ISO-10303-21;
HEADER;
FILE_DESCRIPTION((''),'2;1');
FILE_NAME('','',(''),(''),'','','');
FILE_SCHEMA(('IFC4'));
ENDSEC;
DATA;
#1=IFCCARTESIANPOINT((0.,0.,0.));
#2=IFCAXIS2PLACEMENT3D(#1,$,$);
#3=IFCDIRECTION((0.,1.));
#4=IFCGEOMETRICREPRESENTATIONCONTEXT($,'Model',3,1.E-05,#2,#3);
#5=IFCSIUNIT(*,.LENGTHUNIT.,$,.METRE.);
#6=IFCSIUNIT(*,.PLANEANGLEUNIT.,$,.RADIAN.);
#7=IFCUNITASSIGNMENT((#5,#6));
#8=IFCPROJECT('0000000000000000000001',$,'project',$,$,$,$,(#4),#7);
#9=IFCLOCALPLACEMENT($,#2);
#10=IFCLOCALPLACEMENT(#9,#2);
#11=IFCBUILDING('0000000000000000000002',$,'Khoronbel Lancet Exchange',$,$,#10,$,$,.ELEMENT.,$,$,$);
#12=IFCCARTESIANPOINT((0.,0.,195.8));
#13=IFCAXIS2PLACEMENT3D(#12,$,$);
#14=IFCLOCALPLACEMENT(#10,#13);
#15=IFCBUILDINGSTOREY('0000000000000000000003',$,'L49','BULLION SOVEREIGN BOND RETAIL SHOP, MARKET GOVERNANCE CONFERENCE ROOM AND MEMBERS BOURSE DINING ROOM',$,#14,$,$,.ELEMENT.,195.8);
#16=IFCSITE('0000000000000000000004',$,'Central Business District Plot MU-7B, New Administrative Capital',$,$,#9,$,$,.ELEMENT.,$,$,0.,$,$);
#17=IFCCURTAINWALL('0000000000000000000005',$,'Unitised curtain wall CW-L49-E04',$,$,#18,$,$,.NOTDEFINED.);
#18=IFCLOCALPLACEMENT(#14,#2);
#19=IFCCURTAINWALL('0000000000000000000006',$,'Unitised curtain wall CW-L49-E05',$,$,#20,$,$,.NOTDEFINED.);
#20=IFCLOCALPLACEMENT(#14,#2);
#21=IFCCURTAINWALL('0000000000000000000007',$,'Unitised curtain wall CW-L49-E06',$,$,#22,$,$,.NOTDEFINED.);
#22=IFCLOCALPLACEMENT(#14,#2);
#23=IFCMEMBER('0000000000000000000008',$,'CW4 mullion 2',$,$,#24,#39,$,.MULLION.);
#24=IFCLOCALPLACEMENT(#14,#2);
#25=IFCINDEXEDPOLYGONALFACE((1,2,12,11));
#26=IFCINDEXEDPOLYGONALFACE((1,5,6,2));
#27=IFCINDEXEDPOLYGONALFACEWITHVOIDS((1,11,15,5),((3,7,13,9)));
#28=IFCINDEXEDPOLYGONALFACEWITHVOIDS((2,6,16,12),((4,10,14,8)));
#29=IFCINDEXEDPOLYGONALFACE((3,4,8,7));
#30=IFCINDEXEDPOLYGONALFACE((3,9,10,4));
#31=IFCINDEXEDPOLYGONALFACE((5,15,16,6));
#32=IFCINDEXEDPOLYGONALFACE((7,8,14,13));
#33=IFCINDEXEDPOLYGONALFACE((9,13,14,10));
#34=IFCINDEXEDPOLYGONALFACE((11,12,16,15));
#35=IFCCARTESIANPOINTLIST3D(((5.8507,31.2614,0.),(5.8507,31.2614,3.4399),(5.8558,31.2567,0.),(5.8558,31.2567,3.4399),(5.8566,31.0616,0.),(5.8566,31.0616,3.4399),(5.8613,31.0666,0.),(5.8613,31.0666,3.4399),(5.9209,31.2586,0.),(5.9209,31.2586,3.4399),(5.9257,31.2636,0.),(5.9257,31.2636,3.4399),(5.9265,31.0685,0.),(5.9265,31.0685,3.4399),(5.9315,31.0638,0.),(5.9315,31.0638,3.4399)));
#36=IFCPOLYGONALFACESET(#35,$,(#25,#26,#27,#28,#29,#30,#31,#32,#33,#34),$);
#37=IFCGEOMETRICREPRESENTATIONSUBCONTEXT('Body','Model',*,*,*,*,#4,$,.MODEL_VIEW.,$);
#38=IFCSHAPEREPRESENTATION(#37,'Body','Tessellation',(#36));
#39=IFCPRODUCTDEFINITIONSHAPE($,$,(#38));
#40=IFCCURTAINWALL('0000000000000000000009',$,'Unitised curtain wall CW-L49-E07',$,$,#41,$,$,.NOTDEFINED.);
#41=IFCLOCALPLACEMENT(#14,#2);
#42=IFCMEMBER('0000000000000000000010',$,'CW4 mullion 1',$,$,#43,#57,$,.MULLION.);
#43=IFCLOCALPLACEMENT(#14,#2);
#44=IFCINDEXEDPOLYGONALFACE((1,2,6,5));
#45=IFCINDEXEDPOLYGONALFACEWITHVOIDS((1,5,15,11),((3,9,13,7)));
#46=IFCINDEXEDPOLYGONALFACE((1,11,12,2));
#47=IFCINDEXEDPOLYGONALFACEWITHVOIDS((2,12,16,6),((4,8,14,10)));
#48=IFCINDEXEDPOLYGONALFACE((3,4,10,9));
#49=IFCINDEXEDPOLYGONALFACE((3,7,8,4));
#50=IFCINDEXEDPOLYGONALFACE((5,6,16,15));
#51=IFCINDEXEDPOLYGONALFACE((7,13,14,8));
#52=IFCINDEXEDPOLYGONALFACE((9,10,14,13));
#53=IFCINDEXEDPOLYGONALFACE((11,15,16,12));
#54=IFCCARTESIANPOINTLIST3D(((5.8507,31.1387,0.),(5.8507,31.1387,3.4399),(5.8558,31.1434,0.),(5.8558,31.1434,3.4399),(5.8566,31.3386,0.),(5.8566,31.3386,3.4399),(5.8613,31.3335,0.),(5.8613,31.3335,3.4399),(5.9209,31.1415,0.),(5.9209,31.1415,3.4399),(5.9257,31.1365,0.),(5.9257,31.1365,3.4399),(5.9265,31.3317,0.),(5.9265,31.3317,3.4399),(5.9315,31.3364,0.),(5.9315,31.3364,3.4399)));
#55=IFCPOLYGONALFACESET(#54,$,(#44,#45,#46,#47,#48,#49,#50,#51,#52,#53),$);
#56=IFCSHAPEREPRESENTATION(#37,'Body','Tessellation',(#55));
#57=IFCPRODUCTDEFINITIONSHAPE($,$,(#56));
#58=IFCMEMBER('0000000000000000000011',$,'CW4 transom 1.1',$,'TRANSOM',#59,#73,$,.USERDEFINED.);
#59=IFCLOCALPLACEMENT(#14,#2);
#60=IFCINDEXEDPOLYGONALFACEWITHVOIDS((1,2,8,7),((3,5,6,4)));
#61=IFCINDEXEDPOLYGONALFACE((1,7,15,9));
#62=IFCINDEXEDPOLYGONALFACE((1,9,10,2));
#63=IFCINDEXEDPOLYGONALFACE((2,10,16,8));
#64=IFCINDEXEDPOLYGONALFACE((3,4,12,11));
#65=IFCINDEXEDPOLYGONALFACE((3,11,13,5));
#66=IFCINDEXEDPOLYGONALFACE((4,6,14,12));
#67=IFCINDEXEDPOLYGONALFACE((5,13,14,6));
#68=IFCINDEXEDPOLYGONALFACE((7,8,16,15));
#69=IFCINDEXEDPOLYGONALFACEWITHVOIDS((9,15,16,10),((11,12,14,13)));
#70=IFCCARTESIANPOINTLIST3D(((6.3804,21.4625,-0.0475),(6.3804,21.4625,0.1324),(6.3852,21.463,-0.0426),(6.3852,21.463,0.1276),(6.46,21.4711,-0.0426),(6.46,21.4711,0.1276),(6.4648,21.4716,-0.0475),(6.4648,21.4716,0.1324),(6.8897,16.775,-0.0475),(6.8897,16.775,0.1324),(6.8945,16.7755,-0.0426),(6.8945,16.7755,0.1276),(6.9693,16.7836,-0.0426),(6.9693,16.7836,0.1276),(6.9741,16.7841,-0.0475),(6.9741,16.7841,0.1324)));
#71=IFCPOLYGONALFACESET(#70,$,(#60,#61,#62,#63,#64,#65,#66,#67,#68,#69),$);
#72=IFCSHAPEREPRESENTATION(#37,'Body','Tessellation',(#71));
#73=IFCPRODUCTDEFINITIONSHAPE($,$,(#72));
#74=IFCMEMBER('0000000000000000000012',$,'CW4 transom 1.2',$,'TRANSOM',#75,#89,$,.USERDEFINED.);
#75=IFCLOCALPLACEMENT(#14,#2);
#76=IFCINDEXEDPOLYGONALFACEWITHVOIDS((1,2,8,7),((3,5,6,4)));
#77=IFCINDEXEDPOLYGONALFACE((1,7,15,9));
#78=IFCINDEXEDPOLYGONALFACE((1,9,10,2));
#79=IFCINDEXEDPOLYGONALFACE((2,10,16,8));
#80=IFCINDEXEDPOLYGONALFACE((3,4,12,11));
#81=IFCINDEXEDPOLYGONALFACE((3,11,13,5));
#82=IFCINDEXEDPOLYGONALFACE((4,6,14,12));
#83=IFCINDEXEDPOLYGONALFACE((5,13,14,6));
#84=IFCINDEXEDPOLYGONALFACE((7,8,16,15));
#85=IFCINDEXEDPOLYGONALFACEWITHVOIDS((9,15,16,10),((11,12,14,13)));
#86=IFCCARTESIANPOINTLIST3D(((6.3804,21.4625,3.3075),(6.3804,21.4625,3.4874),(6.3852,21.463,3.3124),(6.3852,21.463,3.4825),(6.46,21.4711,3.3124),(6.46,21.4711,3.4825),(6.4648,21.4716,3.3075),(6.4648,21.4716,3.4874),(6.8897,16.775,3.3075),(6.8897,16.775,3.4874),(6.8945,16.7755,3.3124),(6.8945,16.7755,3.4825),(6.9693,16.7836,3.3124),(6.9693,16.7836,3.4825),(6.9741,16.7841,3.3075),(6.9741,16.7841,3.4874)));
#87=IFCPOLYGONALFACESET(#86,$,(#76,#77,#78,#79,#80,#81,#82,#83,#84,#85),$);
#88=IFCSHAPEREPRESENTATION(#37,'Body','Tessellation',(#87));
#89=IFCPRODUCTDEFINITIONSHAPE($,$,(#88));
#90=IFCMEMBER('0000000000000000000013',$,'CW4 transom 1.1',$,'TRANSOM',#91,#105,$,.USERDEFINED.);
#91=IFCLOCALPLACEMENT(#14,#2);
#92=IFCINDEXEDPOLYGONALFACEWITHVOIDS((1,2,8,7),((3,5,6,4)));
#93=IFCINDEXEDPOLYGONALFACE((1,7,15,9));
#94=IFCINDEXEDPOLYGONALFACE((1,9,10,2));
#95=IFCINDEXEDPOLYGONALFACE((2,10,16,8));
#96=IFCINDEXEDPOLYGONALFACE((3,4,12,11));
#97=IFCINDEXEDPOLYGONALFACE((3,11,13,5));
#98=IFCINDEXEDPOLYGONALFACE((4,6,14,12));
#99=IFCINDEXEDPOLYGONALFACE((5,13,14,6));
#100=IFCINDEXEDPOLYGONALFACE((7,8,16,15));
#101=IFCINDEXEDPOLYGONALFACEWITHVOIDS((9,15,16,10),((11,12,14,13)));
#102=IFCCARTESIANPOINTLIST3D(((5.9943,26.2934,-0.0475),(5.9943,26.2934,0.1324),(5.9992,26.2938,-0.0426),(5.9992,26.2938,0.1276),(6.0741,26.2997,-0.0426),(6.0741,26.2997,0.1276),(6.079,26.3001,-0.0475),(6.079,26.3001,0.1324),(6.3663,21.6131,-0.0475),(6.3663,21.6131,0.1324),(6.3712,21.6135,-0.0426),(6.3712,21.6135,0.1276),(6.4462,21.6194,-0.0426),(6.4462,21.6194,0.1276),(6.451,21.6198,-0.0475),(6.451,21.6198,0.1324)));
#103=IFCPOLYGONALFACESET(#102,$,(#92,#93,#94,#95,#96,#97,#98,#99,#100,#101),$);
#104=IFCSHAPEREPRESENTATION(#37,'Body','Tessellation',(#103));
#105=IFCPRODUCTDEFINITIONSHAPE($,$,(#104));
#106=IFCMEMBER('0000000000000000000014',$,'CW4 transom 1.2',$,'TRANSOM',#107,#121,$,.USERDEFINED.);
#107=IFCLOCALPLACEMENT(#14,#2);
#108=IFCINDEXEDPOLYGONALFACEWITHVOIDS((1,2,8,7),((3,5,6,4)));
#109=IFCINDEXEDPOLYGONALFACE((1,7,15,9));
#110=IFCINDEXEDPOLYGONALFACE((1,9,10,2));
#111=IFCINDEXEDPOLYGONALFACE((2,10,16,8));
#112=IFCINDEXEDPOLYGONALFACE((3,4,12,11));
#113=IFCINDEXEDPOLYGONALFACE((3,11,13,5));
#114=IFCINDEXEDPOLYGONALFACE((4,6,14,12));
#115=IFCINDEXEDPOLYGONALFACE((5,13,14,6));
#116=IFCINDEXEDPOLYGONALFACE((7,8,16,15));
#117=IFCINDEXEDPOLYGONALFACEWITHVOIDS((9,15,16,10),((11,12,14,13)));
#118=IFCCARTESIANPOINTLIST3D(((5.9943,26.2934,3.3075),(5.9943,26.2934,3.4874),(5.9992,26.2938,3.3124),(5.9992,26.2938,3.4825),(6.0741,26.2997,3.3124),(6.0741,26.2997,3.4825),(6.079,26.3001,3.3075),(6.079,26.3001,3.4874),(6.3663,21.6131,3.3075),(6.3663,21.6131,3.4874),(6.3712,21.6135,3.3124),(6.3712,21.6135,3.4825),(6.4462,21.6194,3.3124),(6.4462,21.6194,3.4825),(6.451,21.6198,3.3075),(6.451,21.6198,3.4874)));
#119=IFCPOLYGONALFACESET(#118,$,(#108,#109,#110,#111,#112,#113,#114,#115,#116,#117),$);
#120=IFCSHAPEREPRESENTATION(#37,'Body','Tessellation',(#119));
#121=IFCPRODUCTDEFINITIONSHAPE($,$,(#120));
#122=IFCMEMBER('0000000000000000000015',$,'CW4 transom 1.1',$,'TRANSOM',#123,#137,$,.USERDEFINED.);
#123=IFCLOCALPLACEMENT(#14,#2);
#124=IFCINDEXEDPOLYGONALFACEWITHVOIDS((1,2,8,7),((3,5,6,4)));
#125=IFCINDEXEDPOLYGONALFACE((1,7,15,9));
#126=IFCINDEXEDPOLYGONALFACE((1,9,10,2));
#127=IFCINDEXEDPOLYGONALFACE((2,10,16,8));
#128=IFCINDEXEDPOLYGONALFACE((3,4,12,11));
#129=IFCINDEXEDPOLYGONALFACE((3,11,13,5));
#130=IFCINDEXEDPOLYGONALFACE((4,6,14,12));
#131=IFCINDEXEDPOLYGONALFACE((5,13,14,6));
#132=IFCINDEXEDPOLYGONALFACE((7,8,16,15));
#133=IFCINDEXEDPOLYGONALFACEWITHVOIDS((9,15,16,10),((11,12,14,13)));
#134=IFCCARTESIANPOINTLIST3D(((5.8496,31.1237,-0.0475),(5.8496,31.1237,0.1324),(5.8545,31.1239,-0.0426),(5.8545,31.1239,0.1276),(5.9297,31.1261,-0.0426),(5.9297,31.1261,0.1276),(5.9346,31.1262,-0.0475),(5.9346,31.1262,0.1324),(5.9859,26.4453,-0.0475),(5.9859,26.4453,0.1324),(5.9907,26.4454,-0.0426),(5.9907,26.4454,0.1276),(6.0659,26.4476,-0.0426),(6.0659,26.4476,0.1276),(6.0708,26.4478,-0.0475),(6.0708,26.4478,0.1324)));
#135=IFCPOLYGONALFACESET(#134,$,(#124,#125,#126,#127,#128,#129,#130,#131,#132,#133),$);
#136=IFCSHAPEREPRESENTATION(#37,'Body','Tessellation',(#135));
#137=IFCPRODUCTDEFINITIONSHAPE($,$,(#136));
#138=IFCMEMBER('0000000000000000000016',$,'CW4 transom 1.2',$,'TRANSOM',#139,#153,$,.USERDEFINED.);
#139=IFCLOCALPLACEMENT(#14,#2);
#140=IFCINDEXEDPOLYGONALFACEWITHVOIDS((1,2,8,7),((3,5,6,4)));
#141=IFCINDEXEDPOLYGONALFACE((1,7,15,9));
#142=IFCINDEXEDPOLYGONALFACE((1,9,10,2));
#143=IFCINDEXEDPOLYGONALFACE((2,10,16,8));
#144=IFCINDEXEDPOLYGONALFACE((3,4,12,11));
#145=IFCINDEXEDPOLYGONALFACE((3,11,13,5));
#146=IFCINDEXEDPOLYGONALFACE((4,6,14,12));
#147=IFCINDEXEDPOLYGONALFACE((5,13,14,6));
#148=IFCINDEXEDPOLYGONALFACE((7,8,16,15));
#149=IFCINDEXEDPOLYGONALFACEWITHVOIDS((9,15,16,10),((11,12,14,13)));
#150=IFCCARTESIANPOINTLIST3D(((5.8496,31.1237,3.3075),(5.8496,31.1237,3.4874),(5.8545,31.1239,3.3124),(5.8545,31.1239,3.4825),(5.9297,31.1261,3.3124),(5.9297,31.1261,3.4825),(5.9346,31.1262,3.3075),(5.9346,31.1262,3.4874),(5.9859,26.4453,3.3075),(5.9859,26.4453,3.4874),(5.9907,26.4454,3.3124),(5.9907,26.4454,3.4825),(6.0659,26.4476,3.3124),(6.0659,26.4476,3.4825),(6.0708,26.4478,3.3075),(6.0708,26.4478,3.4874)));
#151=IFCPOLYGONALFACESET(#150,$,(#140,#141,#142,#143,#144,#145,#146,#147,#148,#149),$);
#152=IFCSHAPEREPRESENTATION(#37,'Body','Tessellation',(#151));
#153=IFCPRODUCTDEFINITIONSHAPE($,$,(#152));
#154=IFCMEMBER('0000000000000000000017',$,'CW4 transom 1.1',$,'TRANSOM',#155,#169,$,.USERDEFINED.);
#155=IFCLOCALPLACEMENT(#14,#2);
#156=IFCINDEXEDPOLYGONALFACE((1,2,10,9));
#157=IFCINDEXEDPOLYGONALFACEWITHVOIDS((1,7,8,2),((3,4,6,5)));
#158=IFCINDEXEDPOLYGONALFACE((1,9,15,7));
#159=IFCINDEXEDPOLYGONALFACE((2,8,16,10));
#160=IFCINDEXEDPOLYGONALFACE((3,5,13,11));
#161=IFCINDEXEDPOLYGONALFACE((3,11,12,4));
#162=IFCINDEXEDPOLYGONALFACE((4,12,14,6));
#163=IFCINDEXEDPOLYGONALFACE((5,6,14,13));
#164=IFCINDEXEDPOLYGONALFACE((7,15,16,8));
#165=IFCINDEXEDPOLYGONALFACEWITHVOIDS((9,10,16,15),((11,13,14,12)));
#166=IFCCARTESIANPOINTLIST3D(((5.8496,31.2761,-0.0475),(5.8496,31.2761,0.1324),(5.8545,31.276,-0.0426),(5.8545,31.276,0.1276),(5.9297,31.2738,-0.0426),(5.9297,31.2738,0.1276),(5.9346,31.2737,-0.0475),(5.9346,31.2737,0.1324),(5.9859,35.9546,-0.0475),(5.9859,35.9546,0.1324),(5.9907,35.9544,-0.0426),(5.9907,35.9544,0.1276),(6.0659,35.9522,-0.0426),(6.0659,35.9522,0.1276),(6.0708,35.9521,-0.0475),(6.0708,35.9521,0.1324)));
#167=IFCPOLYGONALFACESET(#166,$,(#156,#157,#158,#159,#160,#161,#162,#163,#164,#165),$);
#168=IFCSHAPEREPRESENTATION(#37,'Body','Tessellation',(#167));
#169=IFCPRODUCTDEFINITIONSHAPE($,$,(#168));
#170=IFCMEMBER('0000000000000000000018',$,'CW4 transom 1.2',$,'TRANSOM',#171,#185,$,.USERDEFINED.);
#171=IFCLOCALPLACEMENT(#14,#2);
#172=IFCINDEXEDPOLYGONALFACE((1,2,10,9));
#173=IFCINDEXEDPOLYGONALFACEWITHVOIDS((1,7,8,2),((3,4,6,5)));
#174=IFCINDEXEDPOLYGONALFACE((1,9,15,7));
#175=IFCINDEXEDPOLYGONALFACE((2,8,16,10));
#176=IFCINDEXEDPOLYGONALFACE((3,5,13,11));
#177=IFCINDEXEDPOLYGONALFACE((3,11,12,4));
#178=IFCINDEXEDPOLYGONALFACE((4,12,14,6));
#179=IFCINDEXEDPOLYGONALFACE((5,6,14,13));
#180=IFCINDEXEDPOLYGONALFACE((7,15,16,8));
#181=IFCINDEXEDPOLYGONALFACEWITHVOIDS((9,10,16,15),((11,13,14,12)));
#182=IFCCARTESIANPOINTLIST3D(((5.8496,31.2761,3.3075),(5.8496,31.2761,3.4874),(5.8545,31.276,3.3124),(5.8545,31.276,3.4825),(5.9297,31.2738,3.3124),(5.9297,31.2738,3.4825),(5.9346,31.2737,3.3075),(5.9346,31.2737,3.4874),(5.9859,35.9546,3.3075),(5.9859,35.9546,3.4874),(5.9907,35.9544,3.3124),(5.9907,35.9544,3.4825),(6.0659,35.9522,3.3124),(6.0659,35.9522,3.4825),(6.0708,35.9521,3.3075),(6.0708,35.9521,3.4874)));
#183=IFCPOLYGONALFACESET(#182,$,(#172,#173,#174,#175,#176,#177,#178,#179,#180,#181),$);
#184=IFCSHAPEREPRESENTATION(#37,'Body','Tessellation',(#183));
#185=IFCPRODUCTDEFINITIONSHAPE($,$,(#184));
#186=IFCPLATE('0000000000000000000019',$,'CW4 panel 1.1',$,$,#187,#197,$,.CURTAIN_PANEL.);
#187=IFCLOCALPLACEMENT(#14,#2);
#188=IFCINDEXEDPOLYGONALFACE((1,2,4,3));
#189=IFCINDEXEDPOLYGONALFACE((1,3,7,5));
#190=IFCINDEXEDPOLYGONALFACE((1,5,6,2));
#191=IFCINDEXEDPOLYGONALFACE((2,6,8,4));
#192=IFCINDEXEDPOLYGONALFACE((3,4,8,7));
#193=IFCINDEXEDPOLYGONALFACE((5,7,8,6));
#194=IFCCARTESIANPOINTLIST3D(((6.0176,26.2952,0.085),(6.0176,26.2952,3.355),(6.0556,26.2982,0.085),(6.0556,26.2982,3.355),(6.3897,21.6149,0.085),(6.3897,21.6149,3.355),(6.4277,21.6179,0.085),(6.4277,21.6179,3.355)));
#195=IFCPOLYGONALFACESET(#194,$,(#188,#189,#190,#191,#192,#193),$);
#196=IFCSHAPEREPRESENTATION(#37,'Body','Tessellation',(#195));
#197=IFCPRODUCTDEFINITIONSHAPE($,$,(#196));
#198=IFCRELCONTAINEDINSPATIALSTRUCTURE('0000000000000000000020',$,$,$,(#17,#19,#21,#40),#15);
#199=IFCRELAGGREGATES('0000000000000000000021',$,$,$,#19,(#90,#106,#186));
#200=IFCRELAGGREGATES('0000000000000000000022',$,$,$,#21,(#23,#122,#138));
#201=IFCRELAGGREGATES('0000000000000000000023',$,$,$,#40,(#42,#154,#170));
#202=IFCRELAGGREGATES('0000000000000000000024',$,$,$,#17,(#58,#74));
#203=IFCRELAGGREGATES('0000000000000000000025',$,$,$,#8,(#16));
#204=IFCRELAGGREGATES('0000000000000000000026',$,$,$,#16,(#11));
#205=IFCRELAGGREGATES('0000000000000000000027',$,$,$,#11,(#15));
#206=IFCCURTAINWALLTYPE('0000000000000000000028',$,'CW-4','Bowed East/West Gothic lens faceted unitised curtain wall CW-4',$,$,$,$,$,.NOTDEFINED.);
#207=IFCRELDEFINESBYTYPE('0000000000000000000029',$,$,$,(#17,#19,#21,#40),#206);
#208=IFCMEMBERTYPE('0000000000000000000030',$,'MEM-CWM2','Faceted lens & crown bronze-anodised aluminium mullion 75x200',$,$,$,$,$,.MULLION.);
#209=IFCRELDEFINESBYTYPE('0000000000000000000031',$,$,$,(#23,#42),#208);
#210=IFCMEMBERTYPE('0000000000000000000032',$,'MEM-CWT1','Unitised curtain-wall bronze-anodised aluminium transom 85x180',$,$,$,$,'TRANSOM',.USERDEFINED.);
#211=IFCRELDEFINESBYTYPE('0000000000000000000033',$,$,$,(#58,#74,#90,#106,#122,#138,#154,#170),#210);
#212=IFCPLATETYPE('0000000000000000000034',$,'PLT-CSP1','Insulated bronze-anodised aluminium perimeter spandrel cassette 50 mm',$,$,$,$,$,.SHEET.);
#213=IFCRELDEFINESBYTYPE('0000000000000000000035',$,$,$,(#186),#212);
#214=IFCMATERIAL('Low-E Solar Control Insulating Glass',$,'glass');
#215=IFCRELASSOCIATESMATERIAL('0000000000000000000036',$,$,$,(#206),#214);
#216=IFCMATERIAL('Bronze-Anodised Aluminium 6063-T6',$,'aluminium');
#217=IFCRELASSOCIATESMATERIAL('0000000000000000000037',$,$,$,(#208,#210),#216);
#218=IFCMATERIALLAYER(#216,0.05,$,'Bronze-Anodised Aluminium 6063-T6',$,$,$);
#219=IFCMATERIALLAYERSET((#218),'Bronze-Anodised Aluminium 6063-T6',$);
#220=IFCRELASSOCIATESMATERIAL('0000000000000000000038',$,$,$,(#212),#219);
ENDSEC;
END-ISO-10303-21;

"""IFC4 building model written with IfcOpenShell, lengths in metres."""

from ifc_helpers import new_model, si_unit, direction, frame, origin, origin_2d, place, context, subcontext, project, spatial, rectangle, hollow_rectangle, extrude, material, layer, layer_set, material_profile, profile_set, type_object, element, aggregate, save


model = new_model("IFC4")

# Units and contexts
model_context = context("Model", 3, precision=1e-05, world=origin(), true_north=direction((0.0, 1.0)))
body_context = subcontext(model_context, "Body", "Model", "MODEL_VIEW")
ifc_project = project(units=[si_unit("LENGTHUNIT", "METRE"), si_unit("PLANEANGLEUNIT", "RADIAN")], contexts=[model_context])

# Site, building, storey
site_placement = place(None, origin())
site = spatial("IfcSite", under=ifc_project, at=site_placement, Name="Central Business District Plot MU-7B, New Administrative Capital", CompositionType="ELEMENT", RefElevation=0.0)
building_placement = place(site_placement, origin())
building = spatial("IfcBuilding", under=site, at=building_placement, Name="Khoronbel Lancet Exchange", CompositionType="ELEMENT")
storey_placement = place(building_placement, frame((0.0, 0.0, 195.8)))
storey = spatial("IfcBuildingStorey", under=building, at=storey_placement, Name="L49", Description="BULLION SOVEREIGN BOND RETAIL SHOP, MARKET GOVERNANCE CONFERENCE ROOM AND MEMBERS BOURSE DINING ROOM", CompositionType="ELEMENT", Elevation=195.8)

# Curtain walls, member
ifc_material_1 = material(Name="Low-E Solar Control Insulating Glass", Category="glass")
curtain_wall_type = type_object("IfcCurtainWallType", Name="CW-4", Description="Bowed East/West Gothic lens faceted unitised curtain wall CW-4", PredefinedType="NOTDEFINED", material=ifc_material_1)
curtain_wall_1_placement = place(storey_placement, origin())
curtain_wall_1 = element("IfcCurtainWall", 1, at=curtain_wall_1_placement, inside=storey, type_object=curtain_wall_type, Name="Unitised curtain wall CW-L49-E04", PredefinedType="NOTDEFINED")
ifc_material_2 = material(Name="Bronze-Anodised Aluminium 6063-T6", Category="aluminium")
ifc_material_profile_1 = material_profile(ifc_material_2, hollow_rectangle(XDim=0.075, YDim=0.2, WallThickness=0.0049, at=origin_2d()), Name="ALU MULLION 75x200")
ifc_profile_set_1 = profile_set([ifc_material_profile_1], Name="Bronze-Anodised Aluminium 6063-T6")
member_type_1 = type_object("IfcMemberType", Name="MEM-CWM2", Description="Faceted lens & crown bronze-anodised aluminium mullion 75x200", PredefinedType="MULLION", material=ifc_profile_set_1)
curtain_wall_2_placement = place(storey_placement, origin())
curtain_wall_2 = element("IfcCurtainWall", 2, at=curtain_wall_2_placement, inside=storey, type_object=curtain_wall_type, Name="Unitised curtain wall CW-L49-E05", PredefinedType="NOTDEFINED")
curtain_wall_3_placement = place(storey_placement, origin())
curtain_wall_3 = element("IfcCurtainWall", 3, at=curtain_wall_3_placement, inside=storey, type_object=curtain_wall_type, Name="Unitised curtain wall CW-L49-E06", PredefinedType="NOTDEFINED")
member_1_placement = place(storey_placement, frame((5.8911, 31.1626, 0.0), z_axis=(0.0, 0.0, 1.0), x_axis=(-0.999576, -0.029107, 0.0)))
member_1 = element("IfcMember", 4, at=member_1_placement, type_object=member_type_1, Name="CW4 mullion 2", PredefinedType="MULLION", context=body_context, shape_type="SweptSolid", body=[
    extrude(hollow_rectangle(XDim=0.075, YDim=0.2, WallThickness=0.0049, at=origin_2d()), origin(), (0.0, 0.0, 1.0), 3.4399),
])

# Curtain wall, member
curtain_wall_4_placement = place(storey_placement, origin())
curtain_wall_4 = element("IfcCurtainWall", 5, at=curtain_wall_4_placement, inside=storey, type_object=curtain_wall_type, Name="Unitised curtain wall CW-L49-E07", PredefinedType="NOTDEFINED")
member_2_placement = place(storey_placement, frame((5.8911, 31.2375, 0.0), z_axis=(0.0, 0.0, 1.0), x_axis=(-0.999576, 0.029107, 0.0)))
member_2 = element("IfcMember", 6, at=member_2_placement, type_object=member_type_1, Name="CW4 mullion 1", PredefinedType="MULLION", context=body_context, shape_type="SweptSolid", body=[
    extrude(hollow_rectangle(XDim=0.075, YDim=0.2, WallThickness=0.0049, at=origin_2d()), origin(), (0.0, 0.0, 1.0), 3.4399),
])

# Members
ifc_material_profile_2 = material_profile(ifc_material_2, hollow_rectangle(XDim=0.085, YDim=0.1799, WallThickness=0.0049, at=origin_2d()), Name="ALU TRANSOM 85x180")
ifc_profile_set_2 = profile_set([ifc_material_profile_2], Name="Bronze-Anodised Aluminium 6063-T6")
member_type_2 = type_object("IfcMemberType", Name="MEM-CWT1", Description="Unitised curtain-wall bronze-anodised aluminium transom 85x180", ElementType="TRANSOM", PredefinedType="USERDEFINED", material=ifc_profile_set_2)
member_3_placement = place(storey_placement, frame((6.9319, 16.7795, 0.0425), z_axis=(-0.10801, 0.99415, 0.0), x_axis=(-0.99415, -0.10801, 0.0)))
member_3 = element("IfcMember", 7, at=member_3_placement, type_object=member_type_2, Name="CW4 transom 1.1", ObjectType="TRANSOM", PredefinedType="USERDEFINED", context=body_context, shape_type="SweptSolid", body=[
    extrude(hollow_rectangle(XDim=0.085, YDim=0.1799, WallThickness=0.0049, at=origin_2d()), origin(), (0.0, 0.0, 1.0), 4.7151),
])
member_4_placement = place(storey_placement, frame((6.9319, 16.7795, 3.3975), z_axis=(-0.10801, 0.99415, 0.0), x_axis=(-0.99415, -0.10801, 0.0)))
member_4 = element("IfcMember", 8, at=member_4_placement, type_object=member_type_2, Name="CW4 transom 1.2", ObjectType="TRANSOM", PredefinedType="USERDEFINED", context=body_context, shape_type="SweptSolid", body=[
    extrude(hollow_rectangle(XDim=0.085, YDim=0.1799, WallThickness=0.0049, at=origin_2d()), origin(), (0.0, 0.0, 1.0), 4.7151),
])
member_5_placement = place(storey_placement, frame((6.4087, 21.6165, 0.0425), z_axis=(-0.079245, 0.996855, 0.0), x_axis=(-0.996855, -0.079245, 0.0)))
member_5 = element("IfcMember", 9, at=member_5_placement, type_object=member_type_2, Name="CW4 transom 1.1", ObjectType="TRANSOM", PredefinedType="USERDEFINED", context=body_context, shape_type="SweptSolid", body=[
    extrude(hollow_rectangle(XDim=0.085, YDim=0.1799, WallThickness=0.0049, at=origin_2d()), origin(), (0.0, 0.0, 1.0), 4.6951),
])
member_6_placement = place(storey_placement, frame((6.4087, 21.6165, 3.3975), z_axis=(-0.079245, 0.996855, 0.0), x_axis=(-0.996855, -0.079245, 0.0)))
member_6 = element("IfcMember", 10, at=member_6_placement, type_object=member_type_2, Name="CW4 transom 1.2", ObjectType="TRANSOM", PredefinedType="USERDEFINED", context=body_context, shape_type="SweptSolid", body=[
    extrude(hollow_rectangle(XDim=0.085, YDim=0.1799, WallThickness=0.0049, at=origin_2d()), origin(), (0.0, 0.0, 1.0), 4.6951),
])
member_7_placement = place(storey_placement, frame((6.0283, 26.4465, 0.0425), z_axis=(-0.029106, 0.999576, 0.0), x_axis=(-0.999576, -0.029106, 0.0)))
member_7 = element("IfcMember", 11, at=member_7_placement, type_object=member_type_2, Name="CW4 transom 1.1", ObjectType="TRANSOM", PredefinedType="USERDEFINED", context=body_context, shape_type="SweptSolid", body=[
    extrude(hollow_rectangle(XDim=0.085, YDim=0.1799, WallThickness=0.0049, at=origin_2d()), origin(), (0.0, 0.0, 1.0), 4.6804),
])
member_8_placement = place(storey_placement, frame((6.0283, 26.4465, 3.3975), z_axis=(-0.029106, 0.999576, 0.0), x_axis=(-0.999576, -0.029106, 0.0)))
member_8 = element("IfcMember", 12, at=member_8_placement, type_object=member_type_2, Name="CW4 transom 1.2", ObjectType="TRANSOM", PredefinedType="USERDEFINED", context=body_context, shape_type="SweptSolid", body=[
    extrude(hollow_rectangle(XDim=0.085, YDim=0.1799, WallThickness=0.0049, at=origin_2d()), origin(), (0.0, 0.0, 1.0), 4.6804),
])
member_9_placement = place(storey_placement, frame((5.8921, 31.2749, 0.0425), z_axis=(0.029106, 0.999576, 0.0), x_axis=(-0.999576, 0.029106, 0.0)))
member_9 = element("IfcMember", 13, at=member_9_placement, type_object=member_type_2, Name="CW4 transom 1.1", ObjectType="TRANSOM", PredefinedType="USERDEFINED", context=body_context, shape_type="SweptSolid", body=[
    extrude(hollow_rectangle(XDim=0.085, YDim=0.1799, WallThickness=0.0049, at=origin_2d()), origin(), (0.0, 0.0, 1.0), 4.6804),
])
member_10_placement = place(storey_placement, frame((5.8921, 31.2749, 3.3975), z_axis=(0.029106, 0.999576, 0.0), x_axis=(-0.999576, 0.029106, 0.0)))
member_10 = element("IfcMember", 14, at=member_10_placement, type_object=member_type_2, Name="CW4 transom 1.2", ObjectType="TRANSOM", PredefinedType="USERDEFINED", context=body_context, shape_type="SweptSolid", body=[
    extrude(hollow_rectangle(XDim=0.085, YDim=0.1799, WallThickness=0.0049, at=origin_2d()), origin(), (0.0, 0.0, 1.0), 4.6804),
])

# Plate
ifc_layer_1 = layer(ifc_material_2, 0.05, Name="Bronze-Anodised Aluminium 6063-T6")
ifc_layer_set_1 = layer_set([ifc_layer_1], Name="Bronze-Anodised Aluminium 6063-T6")
plate_type_1 = type_object("IfcPlateType", Name="PLT-CSP1", Description="Insulated bronze-anodised aluminium perimeter spandrel cassette 50 mm", PredefinedType="SHEET", material=ifc_layer_set_1)
plate_1_placement = place(storey_placement, frame((6.2227, 23.9565, 0.085), z_axis=(0.0, 0.0, 1.0), x_axis=(-0.079255, 0.996854, 0.0)))
plate_1 = element("IfcPlate", 15, at=plate_1_placement, type_object=plate_type_1, Name="CW4 panel 1.1", PredefinedType="CURTAIN_PANEL", context=body_context, shape_type="SweptSolid", body=[
    extrude(rectangle(XDim=4.6951, YDim=0.0381, at=origin_2d()), origin(), (0.0, 0.0, 1.0), 3.27),
])
aggregate(curtain_wall_2, [member_5, member_6, plate_1])
aggregate(curtain_wall_3, [member_1, member_7, member_8])
aggregate(curtain_wall_4, [member_2, member_9, member_10])
aggregate(curtain_wall_1, [member_3, member_4])

save(model, "model.ifc")
